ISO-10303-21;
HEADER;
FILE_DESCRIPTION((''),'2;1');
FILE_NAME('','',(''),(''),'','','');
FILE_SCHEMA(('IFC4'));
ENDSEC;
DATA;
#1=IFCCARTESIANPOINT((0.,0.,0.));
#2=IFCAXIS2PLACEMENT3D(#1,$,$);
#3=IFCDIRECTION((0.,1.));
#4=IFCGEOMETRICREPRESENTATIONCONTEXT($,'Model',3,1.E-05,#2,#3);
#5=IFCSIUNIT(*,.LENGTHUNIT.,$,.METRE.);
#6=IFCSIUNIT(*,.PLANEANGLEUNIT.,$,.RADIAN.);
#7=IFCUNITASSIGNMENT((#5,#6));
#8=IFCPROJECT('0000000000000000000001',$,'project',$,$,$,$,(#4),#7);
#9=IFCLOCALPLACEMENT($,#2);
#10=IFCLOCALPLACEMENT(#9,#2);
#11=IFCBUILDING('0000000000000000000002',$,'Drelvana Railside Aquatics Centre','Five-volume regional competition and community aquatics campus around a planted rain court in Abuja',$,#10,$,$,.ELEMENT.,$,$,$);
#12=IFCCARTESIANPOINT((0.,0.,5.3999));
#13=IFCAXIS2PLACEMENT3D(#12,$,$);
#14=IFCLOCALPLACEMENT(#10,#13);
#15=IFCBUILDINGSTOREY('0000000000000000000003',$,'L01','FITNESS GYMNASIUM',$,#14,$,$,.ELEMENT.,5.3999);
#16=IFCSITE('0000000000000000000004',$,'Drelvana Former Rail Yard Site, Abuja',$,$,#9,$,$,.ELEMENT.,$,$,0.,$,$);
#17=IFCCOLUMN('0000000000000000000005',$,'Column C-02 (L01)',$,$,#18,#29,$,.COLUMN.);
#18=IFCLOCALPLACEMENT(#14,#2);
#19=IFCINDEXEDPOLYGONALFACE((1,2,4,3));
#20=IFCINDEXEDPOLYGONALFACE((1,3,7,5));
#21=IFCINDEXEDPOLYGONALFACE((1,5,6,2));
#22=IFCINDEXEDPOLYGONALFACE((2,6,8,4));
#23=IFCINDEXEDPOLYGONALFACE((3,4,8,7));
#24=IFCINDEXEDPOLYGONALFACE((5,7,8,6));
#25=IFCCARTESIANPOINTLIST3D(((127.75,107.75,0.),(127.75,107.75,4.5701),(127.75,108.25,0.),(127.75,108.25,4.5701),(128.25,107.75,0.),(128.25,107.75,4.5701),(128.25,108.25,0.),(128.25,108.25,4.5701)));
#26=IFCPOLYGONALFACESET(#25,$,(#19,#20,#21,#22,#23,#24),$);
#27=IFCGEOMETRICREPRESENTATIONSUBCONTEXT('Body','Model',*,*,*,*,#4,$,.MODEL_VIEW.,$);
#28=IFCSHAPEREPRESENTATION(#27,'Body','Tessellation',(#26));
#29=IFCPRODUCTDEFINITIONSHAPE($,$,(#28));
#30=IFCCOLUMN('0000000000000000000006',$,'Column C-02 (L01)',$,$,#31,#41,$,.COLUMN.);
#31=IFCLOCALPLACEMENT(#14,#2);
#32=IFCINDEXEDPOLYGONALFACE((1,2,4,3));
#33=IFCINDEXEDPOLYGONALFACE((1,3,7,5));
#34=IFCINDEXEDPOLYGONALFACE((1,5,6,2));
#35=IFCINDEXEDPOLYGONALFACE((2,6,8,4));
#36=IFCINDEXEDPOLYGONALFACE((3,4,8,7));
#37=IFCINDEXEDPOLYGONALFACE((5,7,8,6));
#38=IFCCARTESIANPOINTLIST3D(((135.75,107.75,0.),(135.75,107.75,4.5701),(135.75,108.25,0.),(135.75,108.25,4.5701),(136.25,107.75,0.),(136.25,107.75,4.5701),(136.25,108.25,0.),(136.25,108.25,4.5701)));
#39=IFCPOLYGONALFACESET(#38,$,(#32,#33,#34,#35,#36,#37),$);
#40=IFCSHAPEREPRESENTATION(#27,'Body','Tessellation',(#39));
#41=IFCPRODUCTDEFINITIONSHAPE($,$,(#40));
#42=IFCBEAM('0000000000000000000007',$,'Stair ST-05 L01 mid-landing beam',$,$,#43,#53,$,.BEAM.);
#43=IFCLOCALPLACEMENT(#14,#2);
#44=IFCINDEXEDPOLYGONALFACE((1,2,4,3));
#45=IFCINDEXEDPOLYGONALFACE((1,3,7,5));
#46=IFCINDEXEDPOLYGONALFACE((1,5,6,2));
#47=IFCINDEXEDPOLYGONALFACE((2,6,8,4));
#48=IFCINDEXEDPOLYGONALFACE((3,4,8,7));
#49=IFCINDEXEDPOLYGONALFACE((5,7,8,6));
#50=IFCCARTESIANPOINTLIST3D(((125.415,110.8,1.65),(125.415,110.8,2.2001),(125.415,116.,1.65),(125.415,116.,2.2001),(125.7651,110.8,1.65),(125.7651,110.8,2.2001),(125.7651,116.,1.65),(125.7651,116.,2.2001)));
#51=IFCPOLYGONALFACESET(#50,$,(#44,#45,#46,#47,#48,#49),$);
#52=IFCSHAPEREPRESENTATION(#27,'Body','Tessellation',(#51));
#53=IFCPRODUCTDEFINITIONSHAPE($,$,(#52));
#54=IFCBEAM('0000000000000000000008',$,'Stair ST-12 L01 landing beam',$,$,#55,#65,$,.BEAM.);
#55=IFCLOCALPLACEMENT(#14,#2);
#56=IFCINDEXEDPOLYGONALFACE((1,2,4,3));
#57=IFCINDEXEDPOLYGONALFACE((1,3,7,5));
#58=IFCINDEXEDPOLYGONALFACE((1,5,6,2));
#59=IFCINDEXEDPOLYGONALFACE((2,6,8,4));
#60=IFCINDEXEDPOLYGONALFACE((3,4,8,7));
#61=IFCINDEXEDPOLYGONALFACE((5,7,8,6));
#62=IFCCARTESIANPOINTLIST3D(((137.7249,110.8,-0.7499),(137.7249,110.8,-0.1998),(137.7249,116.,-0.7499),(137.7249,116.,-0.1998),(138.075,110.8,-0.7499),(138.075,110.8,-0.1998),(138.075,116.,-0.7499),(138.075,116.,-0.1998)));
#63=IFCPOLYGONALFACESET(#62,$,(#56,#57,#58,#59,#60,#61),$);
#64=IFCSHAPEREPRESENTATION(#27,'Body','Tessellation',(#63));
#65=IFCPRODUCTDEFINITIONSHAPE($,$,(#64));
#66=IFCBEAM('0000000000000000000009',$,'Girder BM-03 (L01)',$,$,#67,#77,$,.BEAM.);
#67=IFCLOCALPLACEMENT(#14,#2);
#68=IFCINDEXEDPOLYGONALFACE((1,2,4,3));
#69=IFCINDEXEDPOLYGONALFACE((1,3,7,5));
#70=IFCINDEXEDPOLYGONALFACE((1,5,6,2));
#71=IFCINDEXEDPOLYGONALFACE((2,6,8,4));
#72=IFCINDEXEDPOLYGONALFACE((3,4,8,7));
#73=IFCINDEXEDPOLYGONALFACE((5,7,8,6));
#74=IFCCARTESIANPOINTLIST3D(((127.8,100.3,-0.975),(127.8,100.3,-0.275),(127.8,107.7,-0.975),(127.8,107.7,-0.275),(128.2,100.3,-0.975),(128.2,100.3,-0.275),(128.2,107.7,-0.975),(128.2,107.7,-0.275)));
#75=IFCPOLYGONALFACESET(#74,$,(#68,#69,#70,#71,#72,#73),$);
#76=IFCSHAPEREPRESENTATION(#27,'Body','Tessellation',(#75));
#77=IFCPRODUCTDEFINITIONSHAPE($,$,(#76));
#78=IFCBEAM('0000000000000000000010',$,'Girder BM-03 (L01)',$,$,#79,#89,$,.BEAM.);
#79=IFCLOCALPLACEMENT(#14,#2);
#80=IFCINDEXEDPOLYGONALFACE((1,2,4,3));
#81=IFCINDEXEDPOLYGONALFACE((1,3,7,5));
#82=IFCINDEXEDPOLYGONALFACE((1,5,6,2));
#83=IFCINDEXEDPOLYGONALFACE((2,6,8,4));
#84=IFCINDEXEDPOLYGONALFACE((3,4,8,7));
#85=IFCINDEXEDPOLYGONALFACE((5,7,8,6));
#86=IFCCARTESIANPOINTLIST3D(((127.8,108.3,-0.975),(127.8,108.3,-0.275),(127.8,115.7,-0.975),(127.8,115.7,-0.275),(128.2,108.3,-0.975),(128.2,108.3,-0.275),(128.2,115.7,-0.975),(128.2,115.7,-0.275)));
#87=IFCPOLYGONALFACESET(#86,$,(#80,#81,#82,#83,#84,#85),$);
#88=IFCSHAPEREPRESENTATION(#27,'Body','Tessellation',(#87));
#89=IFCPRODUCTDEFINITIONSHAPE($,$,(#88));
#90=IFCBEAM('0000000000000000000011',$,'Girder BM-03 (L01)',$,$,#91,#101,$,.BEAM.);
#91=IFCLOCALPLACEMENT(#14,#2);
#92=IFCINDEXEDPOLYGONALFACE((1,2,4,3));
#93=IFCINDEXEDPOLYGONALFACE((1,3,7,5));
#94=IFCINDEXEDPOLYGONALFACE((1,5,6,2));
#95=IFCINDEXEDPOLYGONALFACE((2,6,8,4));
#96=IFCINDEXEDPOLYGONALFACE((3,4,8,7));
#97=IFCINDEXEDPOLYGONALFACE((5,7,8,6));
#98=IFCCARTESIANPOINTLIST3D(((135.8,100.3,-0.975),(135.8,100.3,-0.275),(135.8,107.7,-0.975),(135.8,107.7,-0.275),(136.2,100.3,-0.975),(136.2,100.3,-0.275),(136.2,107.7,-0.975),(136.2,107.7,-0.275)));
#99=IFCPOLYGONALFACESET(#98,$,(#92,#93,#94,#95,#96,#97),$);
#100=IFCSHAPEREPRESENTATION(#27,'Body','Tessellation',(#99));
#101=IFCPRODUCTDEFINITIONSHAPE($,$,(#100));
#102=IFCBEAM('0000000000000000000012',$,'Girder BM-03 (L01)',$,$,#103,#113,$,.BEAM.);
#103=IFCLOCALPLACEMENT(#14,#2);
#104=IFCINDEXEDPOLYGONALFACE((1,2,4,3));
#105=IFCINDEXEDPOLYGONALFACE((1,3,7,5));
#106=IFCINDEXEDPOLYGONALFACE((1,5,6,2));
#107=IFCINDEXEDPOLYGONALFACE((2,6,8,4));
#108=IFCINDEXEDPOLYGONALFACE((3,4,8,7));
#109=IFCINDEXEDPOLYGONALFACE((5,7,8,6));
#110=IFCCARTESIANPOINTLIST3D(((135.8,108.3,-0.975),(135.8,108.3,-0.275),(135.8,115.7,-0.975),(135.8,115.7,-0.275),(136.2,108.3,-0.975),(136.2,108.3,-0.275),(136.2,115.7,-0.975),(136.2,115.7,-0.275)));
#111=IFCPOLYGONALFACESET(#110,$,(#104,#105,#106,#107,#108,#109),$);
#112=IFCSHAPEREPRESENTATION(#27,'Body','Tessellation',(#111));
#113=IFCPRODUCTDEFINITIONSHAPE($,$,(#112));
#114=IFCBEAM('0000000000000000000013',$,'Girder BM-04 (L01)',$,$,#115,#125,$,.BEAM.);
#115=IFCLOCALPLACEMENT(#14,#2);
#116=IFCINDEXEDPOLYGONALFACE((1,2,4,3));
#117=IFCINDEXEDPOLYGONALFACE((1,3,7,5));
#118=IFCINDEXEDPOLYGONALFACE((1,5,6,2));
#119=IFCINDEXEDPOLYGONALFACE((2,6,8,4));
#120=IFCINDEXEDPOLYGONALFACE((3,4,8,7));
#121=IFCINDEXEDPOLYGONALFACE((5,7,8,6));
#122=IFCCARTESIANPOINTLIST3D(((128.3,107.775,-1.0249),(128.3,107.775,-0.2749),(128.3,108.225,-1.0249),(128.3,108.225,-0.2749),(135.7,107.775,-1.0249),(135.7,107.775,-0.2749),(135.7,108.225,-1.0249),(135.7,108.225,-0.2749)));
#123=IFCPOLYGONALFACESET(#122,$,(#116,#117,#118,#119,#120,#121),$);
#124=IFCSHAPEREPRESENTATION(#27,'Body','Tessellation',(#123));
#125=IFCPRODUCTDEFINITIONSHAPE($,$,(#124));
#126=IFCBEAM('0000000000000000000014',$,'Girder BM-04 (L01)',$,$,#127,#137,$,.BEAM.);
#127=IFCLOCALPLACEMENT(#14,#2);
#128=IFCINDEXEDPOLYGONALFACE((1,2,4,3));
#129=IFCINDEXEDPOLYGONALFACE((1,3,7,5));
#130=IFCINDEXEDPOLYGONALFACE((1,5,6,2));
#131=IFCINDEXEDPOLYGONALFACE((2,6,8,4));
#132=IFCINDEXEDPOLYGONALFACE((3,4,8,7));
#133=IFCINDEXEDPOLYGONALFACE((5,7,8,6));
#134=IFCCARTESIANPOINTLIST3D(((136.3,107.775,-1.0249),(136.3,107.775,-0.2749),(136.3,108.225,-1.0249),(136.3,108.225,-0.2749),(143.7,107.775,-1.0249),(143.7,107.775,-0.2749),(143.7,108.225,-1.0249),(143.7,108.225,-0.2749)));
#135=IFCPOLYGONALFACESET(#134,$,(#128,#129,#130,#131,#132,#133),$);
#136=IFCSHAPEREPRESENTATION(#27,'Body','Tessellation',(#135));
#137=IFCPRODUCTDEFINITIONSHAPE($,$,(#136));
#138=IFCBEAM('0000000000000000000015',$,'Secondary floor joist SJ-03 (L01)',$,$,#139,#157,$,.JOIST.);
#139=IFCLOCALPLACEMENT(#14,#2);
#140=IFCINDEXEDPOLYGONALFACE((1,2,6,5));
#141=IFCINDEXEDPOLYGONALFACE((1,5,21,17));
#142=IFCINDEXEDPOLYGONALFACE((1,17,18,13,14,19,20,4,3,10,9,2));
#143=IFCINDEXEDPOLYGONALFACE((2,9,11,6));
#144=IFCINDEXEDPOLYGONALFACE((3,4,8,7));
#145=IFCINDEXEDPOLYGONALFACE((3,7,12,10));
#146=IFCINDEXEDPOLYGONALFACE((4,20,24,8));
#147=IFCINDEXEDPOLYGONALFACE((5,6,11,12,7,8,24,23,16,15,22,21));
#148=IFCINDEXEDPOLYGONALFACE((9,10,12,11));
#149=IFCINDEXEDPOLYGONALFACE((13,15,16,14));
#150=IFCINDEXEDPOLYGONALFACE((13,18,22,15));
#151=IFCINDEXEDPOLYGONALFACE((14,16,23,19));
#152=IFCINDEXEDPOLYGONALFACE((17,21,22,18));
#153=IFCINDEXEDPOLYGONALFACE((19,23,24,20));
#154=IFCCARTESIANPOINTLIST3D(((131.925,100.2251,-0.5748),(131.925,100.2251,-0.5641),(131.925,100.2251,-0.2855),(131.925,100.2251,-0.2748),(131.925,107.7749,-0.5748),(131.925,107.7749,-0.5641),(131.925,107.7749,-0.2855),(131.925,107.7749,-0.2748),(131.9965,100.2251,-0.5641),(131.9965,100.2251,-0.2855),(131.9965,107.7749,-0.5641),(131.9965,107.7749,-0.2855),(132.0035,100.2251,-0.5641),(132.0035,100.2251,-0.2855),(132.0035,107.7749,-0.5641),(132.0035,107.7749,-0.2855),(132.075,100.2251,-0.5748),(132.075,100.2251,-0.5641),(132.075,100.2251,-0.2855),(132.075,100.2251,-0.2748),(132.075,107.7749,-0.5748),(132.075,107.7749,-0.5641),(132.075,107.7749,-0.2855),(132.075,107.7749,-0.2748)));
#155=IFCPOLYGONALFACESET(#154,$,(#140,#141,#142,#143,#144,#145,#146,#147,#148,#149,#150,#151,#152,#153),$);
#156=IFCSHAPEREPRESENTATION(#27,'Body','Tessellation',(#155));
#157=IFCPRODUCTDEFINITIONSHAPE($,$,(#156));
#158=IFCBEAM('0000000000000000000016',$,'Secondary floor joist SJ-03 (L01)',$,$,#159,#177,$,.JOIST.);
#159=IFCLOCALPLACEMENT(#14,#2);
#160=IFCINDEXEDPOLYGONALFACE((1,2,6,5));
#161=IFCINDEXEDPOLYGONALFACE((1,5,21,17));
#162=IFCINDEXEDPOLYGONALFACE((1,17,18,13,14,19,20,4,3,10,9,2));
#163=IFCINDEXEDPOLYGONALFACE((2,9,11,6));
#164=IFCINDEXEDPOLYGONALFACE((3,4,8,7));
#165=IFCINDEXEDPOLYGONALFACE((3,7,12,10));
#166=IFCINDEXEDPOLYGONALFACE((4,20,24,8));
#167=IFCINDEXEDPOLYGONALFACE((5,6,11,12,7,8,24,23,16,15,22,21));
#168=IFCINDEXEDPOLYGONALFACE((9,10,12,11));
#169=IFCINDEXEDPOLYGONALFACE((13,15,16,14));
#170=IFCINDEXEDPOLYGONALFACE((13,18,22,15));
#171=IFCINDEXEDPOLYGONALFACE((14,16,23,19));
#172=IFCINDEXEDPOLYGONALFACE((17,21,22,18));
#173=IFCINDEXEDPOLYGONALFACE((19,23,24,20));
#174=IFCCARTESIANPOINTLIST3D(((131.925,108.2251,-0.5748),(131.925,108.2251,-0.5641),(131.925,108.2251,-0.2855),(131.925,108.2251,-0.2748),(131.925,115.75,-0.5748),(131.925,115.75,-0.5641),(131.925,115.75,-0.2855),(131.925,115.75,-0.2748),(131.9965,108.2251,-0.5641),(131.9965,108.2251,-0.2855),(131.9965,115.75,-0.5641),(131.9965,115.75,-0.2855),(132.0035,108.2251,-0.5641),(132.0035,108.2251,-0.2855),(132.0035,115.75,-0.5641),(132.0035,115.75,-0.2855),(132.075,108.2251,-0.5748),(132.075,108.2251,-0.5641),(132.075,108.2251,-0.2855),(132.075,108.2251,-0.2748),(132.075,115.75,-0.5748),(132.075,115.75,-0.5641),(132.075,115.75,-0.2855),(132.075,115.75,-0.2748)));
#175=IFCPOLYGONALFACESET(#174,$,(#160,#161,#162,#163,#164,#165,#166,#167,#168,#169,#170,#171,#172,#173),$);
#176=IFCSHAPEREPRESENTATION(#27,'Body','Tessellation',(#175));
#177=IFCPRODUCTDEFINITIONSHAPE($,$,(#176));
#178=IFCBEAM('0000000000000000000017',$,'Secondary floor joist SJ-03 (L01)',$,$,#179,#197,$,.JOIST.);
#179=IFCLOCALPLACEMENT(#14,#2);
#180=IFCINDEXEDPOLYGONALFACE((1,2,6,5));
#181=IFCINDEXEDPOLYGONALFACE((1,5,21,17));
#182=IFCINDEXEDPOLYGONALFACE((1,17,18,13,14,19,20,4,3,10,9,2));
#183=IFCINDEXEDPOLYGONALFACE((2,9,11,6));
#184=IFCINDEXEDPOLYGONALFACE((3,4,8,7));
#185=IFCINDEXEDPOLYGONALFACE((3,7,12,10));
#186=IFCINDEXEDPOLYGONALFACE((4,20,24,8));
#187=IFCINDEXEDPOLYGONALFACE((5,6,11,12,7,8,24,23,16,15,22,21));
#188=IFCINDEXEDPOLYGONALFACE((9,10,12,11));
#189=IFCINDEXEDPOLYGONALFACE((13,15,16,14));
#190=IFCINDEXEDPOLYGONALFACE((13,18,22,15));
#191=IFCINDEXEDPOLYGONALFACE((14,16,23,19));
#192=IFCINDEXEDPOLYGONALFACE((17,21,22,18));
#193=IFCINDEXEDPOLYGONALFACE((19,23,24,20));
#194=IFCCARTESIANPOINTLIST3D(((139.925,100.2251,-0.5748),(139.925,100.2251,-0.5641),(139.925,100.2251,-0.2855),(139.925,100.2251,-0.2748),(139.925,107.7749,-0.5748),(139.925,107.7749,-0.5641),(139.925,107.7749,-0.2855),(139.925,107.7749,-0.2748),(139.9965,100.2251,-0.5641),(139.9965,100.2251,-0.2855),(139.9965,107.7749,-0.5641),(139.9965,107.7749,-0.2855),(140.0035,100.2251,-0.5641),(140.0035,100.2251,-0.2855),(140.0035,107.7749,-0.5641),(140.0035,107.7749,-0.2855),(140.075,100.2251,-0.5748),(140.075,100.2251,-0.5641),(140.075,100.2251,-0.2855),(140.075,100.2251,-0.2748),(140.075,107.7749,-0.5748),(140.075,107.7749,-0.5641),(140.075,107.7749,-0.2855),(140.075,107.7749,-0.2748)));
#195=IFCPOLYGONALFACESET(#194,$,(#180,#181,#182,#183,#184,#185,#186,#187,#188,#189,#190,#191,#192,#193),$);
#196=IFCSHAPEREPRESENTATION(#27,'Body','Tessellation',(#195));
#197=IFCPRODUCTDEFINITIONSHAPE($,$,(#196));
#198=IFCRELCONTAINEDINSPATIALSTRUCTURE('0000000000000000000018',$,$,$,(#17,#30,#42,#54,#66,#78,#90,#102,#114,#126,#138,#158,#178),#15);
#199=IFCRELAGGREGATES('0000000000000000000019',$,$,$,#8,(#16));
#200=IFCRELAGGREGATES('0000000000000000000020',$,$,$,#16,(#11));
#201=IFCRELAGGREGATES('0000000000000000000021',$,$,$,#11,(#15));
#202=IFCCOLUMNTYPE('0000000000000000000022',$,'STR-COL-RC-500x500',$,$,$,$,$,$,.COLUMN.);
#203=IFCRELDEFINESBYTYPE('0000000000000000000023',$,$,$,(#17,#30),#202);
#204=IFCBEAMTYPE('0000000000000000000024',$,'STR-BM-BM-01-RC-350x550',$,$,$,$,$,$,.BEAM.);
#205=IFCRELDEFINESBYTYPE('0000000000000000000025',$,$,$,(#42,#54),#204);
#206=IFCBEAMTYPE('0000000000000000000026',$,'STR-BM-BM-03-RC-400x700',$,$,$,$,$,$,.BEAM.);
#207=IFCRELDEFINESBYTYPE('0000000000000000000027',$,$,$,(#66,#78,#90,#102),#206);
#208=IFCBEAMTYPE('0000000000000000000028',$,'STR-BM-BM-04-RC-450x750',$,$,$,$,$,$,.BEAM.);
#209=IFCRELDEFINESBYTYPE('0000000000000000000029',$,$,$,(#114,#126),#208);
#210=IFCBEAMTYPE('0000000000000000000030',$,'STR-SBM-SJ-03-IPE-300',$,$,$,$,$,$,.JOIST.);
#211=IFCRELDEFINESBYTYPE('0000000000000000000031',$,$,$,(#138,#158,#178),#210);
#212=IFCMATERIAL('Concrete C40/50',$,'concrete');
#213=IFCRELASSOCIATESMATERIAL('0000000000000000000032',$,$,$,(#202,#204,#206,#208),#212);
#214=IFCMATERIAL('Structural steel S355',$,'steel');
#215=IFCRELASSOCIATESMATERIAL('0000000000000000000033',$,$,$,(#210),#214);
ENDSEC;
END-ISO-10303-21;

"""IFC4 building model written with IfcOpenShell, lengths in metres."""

from ifc_helpers import new_model, si_unit, direction, frame, origin, origin_2d, place, context, subcontext, project, spatial, rectangle, i_section, extrude, material, material_profile, profile_set, type_object, element, save


model = new_model("IFC4")

# Units and contexts
model_context = context("Model", 3, precision=1e-05, world=origin(), true_north=direction((0.0, 1.0)))
body_context = subcontext(model_context, "Body", "Model", "MODEL_VIEW")
ifc_project = project(units=[si_unit("LENGTHUNIT", "METRE"), si_unit("PLANEANGLEUNIT", "RADIAN")], contexts=[model_context])

# Site, building, storey
site_placement = place(None, origin())
site = spatial("IfcSite", under=ifc_project, at=site_placement, Name="Drelvana Former Rail Yard Site, Abuja", CompositionType="ELEMENT", RefElevation=0.0)
building_placement = place(site_placement, origin())
building = spatial("IfcBuilding", under=site, at=building_placement, Name="Drelvana Railside Aquatics Centre", Description="Five-volume regional competition and community aquatics campus around a planted rain court in Abuja", CompositionType="ELEMENT")
storey_placement = place(building_placement, frame((0.0, 0.0, 5.3999)))
storey = spatial("IfcBuildingStorey", under=building, at=storey_placement, Name="L01", Description="FITNESS GYMNASIUM", CompositionType="ELEMENT", Elevation=5.3999)

# Columns
ifc_material_1 = material(Name="Concrete C40/50", Category="concrete")
ifc_material_profile_1 = material_profile(ifc_material_1, rectangle(XDim=0.5, YDim=0.5, at=origin_2d()), Name="RC 500x500")
ifc_profile_set_1 = profile_set([ifc_material_profile_1], Name="Concrete C40/50")
column_type = type_object("IfcColumnType", Name="STR-COL-RC-500x500", PredefinedType="COLUMN", material=ifc_profile_set_1)
for number, where, z_axis, x_axis, name in (
    (1, (128.0, 108.0, 0.0), (0.0, 0.0, 1.0), (1.0, 0.0, 0.0), "Column C-02 (L01)"),
    (2, (136.0, 108.0, 0.0), (0.0, 0.0, 1.0), (1.0, 0.0, 0.0), "Column C-02 (L01)"),
):
    element("IfcColumn", number, at=place(storey_placement, frame(where, z_axis=z_axis, x_axis=x_axis)), inside=storey, type_object=column_type, Name=name, PredefinedType="COLUMN", context=body_context, shape_type="SweptSolid", body=[
        extrude(rectangle(XDim=0.5, YDim=0.5, at=origin_2d()), origin(), (0.0, 0.0, 1.0), 4.5701),
    ])

# Beams
ifc_material_profile_2 = material_profile(ifc_material_1, rectangle(XDim=0.3501, YDim=0.55, at=origin_2d()), Name="RC 350x550")
ifc_profile_set_2 = profile_set([ifc_material_profile_2], Name="Concrete C40/50")
beam_type_1 = type_object("IfcBeamType", Name="STR-BM-BM-01-RC-350x550", PredefinedType="BEAM", material=ifc_profile_set_2)
for number, where, z_axis, x_axis, name in (
    (3, (125.5901, 110.8, 1.925), (0.0, 1.0, 0.0), (-1.0, 0.0, 0.0), "Stair ST-05 L01 mid-landing beam"),
    (4, (137.8999, 110.8, -0.4749), (0.0, 1.0, 0.0), (-1.0, 0.0, 0.0), "Stair ST-12 L01 landing beam"),
):
    element("IfcBeam", number, at=place(storey_placement, frame(where, z_axis=z_axis, x_axis=x_axis)), inside=storey, type_object=beam_type_1, Name=name, PredefinedType="BEAM", context=body_context, shape_type="SweptSolid", body=[
        extrude(rectangle(XDim=0.3501, YDim=0.55, at=origin_2d()), origin(), (0.0, 0.0, 1.0), 5.2),
    ])
ifc_material_profile_3 = material_profile(ifc_material_1, rectangle(XDim=0.3999, YDim=0.7, at=origin_2d()), Name="RC 400x700")
ifc_profile_set_3 = profile_set([ifc_material_profile_3], Name="Concrete C40/50")
beam_type_2 = type_object("IfcBeamType", Name="STR-BM-BM-03-RC-400x700", PredefinedType="BEAM", material=ifc_profile_set_3)
for number, where, z_axis, x_axis, name in (
    (5, (128.0, 100.3, -0.625), (0.0, 1.0, 0.0), (-1.0, 0.0, 0.0), "Girder BM-03 (L01)"),
    (6, (128.0, 108.3, -0.625), (0.0, 1.0, 0.0), (-1.0, 0.0, 0.0), "Girder BM-03 (L01)"),
    (7, (136.0, 100.3, -0.625), (0.0, 1.0, 0.0), (-1.0, 0.0, 0.0), "Girder BM-03 (L01)"),
    (8, (136.0, 108.3, -0.625), (0.0, 1.0, 0.0), (-1.0, 0.0, 0.0), "Girder BM-03 (L01)"),
):
    element("IfcBeam", number, at=place(storey_placement, frame(where, z_axis=z_axis, x_axis=x_axis)), inside=storey, type_object=beam_type_2, Name=name, PredefinedType="BEAM", context=body_context, shape_type="SweptSolid", body=[
        extrude(rectangle(XDim=0.3999, YDim=0.7, at=origin_2d()), origin(), (0.0, 0.0, 1.0), 7.3999),
    ])
ifc_material_profile_4 = material_profile(ifc_material_1, rectangle(XDim=0.45, YDim=0.75, at=origin_2d()), Name="RC 450x750")
ifc_profile_set_4 = profile_set([ifc_material_profile_4], Name="Concrete C40/50")
beam_type_3 = type_object("IfcBeamType", Name="STR-BM-BM-04-RC-450x750", PredefinedType="BEAM", material=ifc_profile_set_4)
for number, where, z_axis, x_axis, name in (
    (9, (128.3, 108.0, -0.6499), (1.0, 0.0, 0.0), (0.0, 1.0, 0.0), "Girder BM-04 (L01)"),
    (10, (136.3, 108.0, -0.6499), (1.0, 0.0, 0.0), (0.0, 1.0, 0.0), "Girder BM-04 (L01)"),
):
    element("IfcBeam", number, at=place(storey_placement, frame(where, z_axis=z_axis, x_axis=x_axis)), inside=storey, type_object=beam_type_3, Name=name, PredefinedType="BEAM", context=body_context, shape_type="SweptSolid", body=[
        extrude(rectangle(XDim=0.45, YDim=0.75, at=origin_2d()), origin(), (0.0, 0.0, 1.0), 7.3999),
    ])
ifc_material_2 = material(Name="Structural steel S355", Category="steel")
ifc_material_profile_5 = material_profile(ifc_material_2, i_section(OverallWidth=0.1499, OverallDepth=0.3, WebThickness=0.0071, FlangeThickness=0.0107, at=origin_2d()), Name="IPE 300")
ifc_profile_set_5 = profile_set([ifc_material_profile_5], Name="Structural steel S355")
beam_type_4 = type_object("IfcBeamType", Name="STR-SBM-SJ-03-IPE-300", PredefinedType="JOIST", material=ifc_profile_set_5)
beam_1_placement = place(storey_placement, frame((132.0, 100.2251, -0.4248), z_axis=(0.0, 1.0, 0.0), x_axis=(-1.0, 0.0, 0.0)))
element("IfcBeam", 11, at=beam_1_placement, inside=storey, type_object=beam_type_4, Name="Secondary floor joist SJ-03 (L01)", PredefinedType="JOIST", context=body_context, shape_type="SweptSolid", body=[
    extrude(i_section(OverallWidth=0.1499, OverallDepth=0.3, WebThickness=0.0071, FlangeThickness=0.0107, at=origin_2d()), origin(), (0.0, 0.0, 1.0), 7.5498),
])
beam_2_placement = place(storey_placement, frame((132.0, 108.2251, -0.4248), z_axis=(0.0, 1.0, 0.0), x_axis=(-1.0, 0.0, 0.0)))
element("IfcBeam", 12, at=beam_2_placement, inside=storey, type_object=beam_type_4, Name="Secondary floor joist SJ-03 (L01)", PredefinedType="JOIST", context=body_context, shape_type="SweptSolid", body=[
    extrude(i_section(OverallWidth=0.1499, OverallDepth=0.3, WebThickness=0.0071, FlangeThickness=0.0107, at=origin_2d()), origin(), (0.0, 0.0, 1.0), 7.5249),
])
beam_3_placement = place(storey_placement, frame((140.0, 100.2251, -0.4248), z_axis=(0.0, 1.0, 0.0), x_axis=(-1.0, 0.0, 0.0)))
element("IfcBeam", 13, at=beam_3_placement, inside=storey, type_object=beam_type_4, Name="Secondary floor joist SJ-03 (L01)", PredefinedType="JOIST", context=body_context, shape_type="SweptSolid", body=[
    extrude(i_section(OverallWidth=0.1499, OverallDepth=0.3, WebThickness=0.0071, FlangeThickness=0.0107, at=origin_2d()), origin(), (0.0, 0.0, 1.0), 7.5498),
])

save(model, "model.ifc")
